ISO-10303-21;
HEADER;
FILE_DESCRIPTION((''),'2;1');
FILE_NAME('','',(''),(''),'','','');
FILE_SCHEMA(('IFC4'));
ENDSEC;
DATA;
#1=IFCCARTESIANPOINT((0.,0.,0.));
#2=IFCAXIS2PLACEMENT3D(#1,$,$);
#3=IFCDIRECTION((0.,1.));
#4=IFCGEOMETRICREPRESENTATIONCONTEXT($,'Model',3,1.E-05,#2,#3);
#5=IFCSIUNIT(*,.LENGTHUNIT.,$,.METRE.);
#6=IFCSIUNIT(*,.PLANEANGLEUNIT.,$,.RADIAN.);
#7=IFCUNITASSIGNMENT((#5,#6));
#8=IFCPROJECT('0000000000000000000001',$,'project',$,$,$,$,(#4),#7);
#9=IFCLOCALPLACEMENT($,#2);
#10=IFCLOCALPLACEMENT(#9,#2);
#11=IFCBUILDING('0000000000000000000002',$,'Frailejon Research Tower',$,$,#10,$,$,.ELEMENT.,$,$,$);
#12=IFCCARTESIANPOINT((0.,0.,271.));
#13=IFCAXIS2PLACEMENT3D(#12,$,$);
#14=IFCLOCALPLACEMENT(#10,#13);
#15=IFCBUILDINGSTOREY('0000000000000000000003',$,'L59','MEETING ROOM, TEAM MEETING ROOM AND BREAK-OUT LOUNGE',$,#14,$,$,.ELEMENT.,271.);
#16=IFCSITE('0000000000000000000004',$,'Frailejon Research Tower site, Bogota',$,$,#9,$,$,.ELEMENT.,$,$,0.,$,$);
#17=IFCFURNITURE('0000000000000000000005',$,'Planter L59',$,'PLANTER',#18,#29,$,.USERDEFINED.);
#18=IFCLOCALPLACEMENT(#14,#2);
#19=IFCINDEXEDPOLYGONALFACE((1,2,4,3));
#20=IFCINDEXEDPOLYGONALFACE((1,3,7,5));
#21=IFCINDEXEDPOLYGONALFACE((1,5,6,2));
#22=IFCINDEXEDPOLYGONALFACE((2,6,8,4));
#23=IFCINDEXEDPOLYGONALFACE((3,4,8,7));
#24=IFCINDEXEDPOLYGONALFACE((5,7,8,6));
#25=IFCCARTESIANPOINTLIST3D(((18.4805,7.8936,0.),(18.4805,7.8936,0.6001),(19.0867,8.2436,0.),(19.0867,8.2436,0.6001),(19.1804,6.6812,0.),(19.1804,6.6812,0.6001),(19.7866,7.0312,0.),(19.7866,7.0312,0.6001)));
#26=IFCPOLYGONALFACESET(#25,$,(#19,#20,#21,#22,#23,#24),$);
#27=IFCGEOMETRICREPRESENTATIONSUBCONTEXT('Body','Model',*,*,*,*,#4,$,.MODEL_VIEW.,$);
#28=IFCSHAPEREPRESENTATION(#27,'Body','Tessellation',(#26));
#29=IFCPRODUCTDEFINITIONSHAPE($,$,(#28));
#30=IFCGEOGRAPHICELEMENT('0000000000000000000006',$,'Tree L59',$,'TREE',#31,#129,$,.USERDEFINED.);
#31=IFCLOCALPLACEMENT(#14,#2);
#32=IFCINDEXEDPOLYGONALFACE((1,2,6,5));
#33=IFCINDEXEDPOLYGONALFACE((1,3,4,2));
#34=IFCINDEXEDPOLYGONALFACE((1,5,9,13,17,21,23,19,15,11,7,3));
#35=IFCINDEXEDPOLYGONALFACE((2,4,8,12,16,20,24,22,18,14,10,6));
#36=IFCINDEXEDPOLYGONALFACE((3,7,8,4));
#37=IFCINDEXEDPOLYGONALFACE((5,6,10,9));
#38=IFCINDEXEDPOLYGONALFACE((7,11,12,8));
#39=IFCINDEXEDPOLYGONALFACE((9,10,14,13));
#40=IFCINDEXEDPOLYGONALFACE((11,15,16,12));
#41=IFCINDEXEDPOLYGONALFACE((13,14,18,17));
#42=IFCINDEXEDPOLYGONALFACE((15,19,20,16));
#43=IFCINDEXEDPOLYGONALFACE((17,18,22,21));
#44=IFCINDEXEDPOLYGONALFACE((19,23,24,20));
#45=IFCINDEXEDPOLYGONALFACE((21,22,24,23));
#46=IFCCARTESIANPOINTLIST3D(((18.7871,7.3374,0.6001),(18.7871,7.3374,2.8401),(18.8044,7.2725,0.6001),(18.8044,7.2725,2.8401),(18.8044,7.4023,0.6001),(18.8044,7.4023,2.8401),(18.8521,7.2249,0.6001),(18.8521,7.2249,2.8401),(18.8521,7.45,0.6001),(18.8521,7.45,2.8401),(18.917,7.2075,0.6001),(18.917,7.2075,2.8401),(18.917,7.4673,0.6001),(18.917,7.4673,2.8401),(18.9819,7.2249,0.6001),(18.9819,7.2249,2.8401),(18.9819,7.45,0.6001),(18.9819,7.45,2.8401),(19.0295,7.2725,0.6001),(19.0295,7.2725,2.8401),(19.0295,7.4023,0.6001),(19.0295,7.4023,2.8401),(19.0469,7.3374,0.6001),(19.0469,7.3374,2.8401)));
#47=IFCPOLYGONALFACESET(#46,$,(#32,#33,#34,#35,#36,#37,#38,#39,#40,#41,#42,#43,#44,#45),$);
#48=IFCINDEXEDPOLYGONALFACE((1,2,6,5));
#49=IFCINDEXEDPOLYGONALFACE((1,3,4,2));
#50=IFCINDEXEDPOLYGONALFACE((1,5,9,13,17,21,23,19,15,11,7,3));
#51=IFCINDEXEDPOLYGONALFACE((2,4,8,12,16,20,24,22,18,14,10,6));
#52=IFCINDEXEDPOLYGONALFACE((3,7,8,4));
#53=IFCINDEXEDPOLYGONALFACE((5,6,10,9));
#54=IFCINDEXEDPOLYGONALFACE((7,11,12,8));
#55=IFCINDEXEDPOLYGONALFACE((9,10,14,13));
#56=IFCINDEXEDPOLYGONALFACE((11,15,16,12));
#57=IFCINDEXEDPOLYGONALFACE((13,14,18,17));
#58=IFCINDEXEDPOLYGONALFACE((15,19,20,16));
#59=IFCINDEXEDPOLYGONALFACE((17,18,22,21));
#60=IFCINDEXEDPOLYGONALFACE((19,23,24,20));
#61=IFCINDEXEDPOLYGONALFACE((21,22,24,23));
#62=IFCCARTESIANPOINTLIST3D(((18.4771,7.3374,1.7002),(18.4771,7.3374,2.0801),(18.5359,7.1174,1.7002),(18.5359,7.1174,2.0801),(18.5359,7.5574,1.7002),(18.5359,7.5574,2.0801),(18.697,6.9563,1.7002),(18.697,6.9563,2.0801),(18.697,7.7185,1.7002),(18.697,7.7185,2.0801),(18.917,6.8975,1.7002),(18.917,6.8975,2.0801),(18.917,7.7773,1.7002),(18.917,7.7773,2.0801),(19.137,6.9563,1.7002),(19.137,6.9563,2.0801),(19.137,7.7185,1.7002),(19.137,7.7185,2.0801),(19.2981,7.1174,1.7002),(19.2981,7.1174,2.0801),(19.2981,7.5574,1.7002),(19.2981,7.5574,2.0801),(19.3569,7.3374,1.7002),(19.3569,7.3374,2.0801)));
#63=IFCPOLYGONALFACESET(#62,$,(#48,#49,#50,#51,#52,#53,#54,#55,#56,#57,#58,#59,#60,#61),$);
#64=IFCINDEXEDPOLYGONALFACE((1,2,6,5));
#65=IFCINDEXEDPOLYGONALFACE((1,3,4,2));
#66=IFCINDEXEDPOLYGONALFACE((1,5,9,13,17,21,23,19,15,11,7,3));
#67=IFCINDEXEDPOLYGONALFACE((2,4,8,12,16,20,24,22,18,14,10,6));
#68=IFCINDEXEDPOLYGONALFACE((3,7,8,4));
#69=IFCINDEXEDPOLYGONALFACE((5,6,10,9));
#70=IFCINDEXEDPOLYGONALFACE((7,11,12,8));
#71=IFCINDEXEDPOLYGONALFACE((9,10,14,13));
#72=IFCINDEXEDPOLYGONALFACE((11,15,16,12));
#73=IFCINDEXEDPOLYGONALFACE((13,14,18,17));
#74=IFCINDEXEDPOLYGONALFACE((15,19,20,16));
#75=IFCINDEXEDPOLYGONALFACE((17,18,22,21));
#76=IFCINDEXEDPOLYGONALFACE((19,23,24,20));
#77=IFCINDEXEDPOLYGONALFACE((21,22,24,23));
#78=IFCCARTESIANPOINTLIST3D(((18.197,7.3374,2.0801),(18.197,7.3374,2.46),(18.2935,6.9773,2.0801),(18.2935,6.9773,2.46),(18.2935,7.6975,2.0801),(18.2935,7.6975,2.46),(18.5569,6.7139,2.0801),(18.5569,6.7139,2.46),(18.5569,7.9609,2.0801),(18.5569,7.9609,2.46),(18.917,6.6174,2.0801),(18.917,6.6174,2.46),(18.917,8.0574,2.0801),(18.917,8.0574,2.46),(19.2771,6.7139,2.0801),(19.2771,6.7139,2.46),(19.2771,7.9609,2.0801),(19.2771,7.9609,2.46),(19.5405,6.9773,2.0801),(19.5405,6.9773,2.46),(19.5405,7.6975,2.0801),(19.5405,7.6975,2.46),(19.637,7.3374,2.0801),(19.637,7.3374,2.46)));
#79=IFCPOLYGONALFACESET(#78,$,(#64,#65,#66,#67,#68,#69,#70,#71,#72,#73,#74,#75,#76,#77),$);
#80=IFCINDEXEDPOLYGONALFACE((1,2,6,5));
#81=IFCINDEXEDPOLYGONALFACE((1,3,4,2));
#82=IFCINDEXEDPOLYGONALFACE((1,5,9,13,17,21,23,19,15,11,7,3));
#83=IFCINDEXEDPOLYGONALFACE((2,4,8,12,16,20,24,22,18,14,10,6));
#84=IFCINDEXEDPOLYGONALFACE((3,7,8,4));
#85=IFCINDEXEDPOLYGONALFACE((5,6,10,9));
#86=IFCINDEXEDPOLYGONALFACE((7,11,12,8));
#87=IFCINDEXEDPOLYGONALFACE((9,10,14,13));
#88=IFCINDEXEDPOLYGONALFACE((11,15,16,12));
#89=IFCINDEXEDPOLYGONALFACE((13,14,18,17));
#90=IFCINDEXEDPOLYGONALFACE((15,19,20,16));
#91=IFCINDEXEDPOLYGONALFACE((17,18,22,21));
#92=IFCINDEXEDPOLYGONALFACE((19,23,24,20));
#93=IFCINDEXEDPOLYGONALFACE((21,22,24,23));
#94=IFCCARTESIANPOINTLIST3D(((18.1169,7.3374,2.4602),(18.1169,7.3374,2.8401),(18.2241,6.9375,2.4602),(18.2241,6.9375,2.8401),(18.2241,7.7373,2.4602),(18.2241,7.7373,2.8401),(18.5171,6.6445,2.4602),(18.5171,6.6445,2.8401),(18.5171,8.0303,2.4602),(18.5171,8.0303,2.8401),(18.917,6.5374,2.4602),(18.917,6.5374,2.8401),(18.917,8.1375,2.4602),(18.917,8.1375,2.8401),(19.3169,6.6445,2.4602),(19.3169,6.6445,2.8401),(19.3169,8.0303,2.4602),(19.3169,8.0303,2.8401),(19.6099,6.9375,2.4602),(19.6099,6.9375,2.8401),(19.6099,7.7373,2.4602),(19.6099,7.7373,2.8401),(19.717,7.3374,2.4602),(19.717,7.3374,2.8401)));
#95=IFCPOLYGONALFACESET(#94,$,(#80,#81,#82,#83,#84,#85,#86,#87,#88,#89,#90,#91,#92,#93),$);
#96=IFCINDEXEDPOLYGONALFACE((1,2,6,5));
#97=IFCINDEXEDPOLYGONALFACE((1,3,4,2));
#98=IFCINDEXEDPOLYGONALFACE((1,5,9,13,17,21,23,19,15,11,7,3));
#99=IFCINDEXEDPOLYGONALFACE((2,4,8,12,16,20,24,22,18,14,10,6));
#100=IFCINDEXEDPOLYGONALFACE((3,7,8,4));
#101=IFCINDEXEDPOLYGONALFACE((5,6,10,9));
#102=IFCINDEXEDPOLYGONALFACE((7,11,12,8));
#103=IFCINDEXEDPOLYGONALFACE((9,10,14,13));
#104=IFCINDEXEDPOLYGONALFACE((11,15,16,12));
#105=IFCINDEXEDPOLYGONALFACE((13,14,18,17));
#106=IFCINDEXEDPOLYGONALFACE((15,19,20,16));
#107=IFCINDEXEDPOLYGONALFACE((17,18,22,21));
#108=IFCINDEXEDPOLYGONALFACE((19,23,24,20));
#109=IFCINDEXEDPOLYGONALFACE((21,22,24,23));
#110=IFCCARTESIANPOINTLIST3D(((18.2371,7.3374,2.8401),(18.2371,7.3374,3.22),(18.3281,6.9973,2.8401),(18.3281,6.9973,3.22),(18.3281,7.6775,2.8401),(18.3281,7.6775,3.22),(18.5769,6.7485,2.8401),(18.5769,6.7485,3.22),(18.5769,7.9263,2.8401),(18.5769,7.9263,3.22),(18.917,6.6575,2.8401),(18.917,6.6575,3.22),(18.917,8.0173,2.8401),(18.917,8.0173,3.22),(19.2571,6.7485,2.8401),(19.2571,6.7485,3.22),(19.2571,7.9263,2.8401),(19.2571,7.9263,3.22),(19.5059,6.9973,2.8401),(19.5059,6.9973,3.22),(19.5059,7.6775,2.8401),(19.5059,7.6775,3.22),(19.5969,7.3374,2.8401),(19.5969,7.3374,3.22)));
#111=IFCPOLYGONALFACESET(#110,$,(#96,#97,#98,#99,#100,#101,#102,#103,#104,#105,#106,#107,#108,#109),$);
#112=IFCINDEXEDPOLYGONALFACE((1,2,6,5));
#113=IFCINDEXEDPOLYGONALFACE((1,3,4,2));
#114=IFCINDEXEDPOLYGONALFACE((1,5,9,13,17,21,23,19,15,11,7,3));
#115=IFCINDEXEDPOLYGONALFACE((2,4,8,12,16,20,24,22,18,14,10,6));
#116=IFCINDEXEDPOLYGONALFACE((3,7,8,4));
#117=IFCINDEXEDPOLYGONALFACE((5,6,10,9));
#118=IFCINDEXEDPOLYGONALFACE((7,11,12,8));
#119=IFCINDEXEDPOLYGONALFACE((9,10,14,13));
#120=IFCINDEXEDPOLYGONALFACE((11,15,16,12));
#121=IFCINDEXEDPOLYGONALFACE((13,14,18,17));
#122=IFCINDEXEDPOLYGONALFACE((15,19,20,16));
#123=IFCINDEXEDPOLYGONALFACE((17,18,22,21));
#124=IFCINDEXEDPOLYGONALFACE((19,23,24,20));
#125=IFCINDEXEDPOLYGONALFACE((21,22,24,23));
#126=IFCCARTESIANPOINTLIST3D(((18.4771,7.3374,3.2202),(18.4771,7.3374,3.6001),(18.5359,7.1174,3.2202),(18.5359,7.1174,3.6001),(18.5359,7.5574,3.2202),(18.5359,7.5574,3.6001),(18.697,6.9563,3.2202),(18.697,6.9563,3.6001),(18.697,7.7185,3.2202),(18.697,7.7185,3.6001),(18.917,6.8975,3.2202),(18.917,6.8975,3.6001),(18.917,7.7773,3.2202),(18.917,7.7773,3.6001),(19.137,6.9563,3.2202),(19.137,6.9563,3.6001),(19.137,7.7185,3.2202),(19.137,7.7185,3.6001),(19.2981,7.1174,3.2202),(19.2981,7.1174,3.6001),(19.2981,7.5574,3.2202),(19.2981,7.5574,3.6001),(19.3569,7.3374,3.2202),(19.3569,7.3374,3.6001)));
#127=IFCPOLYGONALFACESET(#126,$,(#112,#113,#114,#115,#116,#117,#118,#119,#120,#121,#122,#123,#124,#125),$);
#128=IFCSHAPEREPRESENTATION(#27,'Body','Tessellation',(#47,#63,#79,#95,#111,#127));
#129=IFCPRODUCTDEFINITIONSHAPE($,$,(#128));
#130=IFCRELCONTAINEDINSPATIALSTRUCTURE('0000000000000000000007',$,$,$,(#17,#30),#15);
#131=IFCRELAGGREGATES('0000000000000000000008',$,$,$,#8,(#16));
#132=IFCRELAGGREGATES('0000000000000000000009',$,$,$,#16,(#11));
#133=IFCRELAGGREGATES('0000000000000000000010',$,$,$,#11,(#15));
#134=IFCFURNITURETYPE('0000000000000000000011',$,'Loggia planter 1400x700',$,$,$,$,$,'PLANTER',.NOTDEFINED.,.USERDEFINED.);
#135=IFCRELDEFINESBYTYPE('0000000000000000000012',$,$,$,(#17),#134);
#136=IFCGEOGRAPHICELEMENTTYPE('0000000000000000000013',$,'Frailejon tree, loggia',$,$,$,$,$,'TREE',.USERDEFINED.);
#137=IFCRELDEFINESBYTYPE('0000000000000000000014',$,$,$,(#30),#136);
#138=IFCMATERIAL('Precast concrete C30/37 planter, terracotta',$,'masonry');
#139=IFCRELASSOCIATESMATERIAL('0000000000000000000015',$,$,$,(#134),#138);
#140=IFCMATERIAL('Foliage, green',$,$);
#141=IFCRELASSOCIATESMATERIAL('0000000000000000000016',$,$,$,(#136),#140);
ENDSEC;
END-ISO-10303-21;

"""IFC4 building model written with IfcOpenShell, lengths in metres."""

from ifc_helpers import new_model, si_unit, direction, frame, origin, origin_2d, place, context, subcontext, project, spatial, polyline, rectangle, outline, extrude, material, type_object, element, save


model = new_model("IFC4")

# Units and contexts
model_context = context("Model", 3, precision=1e-05, world=origin(), true_north=direction((0.0, 1.0)))
body_context = subcontext(model_context, "Body", "Model", "MODEL_VIEW")
ifc_project = project(units=[si_unit("LENGTHUNIT", "METRE"), si_unit("PLANEANGLEUNIT", "RADIAN")], contexts=[model_context])

# Site, building, storey
site_placement = place(None, origin())
site = spatial("IfcSite", under=ifc_project, at=site_placement, Name="Frailejon Research Tower site, Bogota", CompositionType="ELEMENT", RefElevation=0.0)
building_placement = place(site_placement, origin())
building = spatial("IfcBuilding", under=site, at=building_placement, Name="Frailejon Research Tower", CompositionType="ELEMENT")
storey_placement = place(building_placement, frame((0.0, 0.0, 271.0)))
storey = spatial("IfcBuildingStorey", under=building, at=storey_placement, Name="L59", Description="MEETING ROOM, TEAM MEETING ROOM AND BREAK-OUT LOUNGE", CompositionType="ELEMENT", Elevation=271.0)

# Furniture
ifc_material_1 = material(Name="Precast concrete C30/37 planter, terracotta", Category="masonry")
furniture_type = type_object("IfcFurnitureType", Name="Loggia planter 1400x700", ElementType="PLANTER", AssemblyPlace="NOTDEFINED", PredefinedType="USERDEFINED", material=ifc_material_1)
furniture_placement = place(storey_placement, frame((19.1335, 7.4624, 0.0), z_axis=(0.0, 0.0, 1.0), x_axis=(-0.5, 0.866025, 0.0)))
element("IfcFurniture", 1, at=furniture_placement, inside=storey, type_object=furniture_type, Name="Planter L59", ObjectType="PLANTER", PredefinedType="USERDEFINED", context=body_context, shape_type="SweptSolid", body=[
    extrude(rectangle(XDim=1.3999, YDim=0.7, at=origin_2d()), origin(), (0.0, 0.0, 1.0), 0.6001),
])

# Geographic element
ifc_material_2 = material(Name="Foliage, green")
geographic_element_type = type_object("IfcGeographicElementType", Name="Frailejon tree, loggia", ElementType="TREE", PredefinedType="USERDEFINED", material=ifc_material_2)
geographic_element_placement = place(storey_placement, frame((18.917, 7.3374, 0.6001)))
element("IfcGeographicElement", 2, at=geographic_element_placement, inside=storey, type_object=geographic_element_type, Name="Tree L59", ObjectType="TREE", PredefinedType="USERDEFINED", context=body_context, shape_type="SweptSolid", body=[
    extrude(outline(polyline([(0.1299, 0.0), (0.1125, 0.0649), (0.0649, 0.1125), (0.0, 0.1299), (-0.0649, 0.1125), (-0.1125, 0.0649), (-0.1299, 0.0), (-0.1125, -0.0649), (-0.0649, -0.1125), (0.0, -0.1299), (0.0649, -0.1125), (0.1125, -0.0649), (0.1299, 0.0)])), origin(), (0.0, 0.0, 1.0), 2.24),
    extrude(outline(polyline([(0.4399, 0.0), (0.3811, 0.22), (0.22, 0.3811), (0.0, 0.4399), (-0.22, 0.3811), (-0.3811, 0.22), (-0.4399, 0.0), (-0.3811, -0.22), (-0.22, -0.3811), (0.0, -0.4399), (0.22, -0.3811), (0.3811, -0.22), (0.4399, 0.0)])), frame((0.0, 0.0, 1.1001)), (0.0, 0.0, 1.0), 0.3799),
    extrude(outline(polyline([(0.72, 0.0), (0.6235, 0.3601), (0.3601, 0.6235), (0.0, 0.72), (-0.3601, 0.6235), (-0.6235, 0.3601), (-0.72, 0.0), (-0.6235, -0.3601), (-0.3601, -0.6235), (0.0, -0.72), (0.3601, -0.6235), (0.6235, -0.3601), (0.72, 0.0)])), frame((0.0, 0.0, 1.48)), (0.0, 0.0, 1.0), 0.3799),
    extrude(outline(polyline([(0.8, 0.0), (0.6929, 0.3999), (0.3999, 0.6929), (0.0, 0.8), (-0.3999, 0.6929), (-0.6929, 0.3999), (-0.8, 0.0), (-0.6929, -0.3999), (-0.3999, -0.6929), (0.0, -0.8), (0.3999, -0.6929), (0.6929, -0.3999), (0.8, 0.0)])), frame((0.0, 0.0, 1.8601)), (0.0, 0.0, 1.0), 0.3799),
    extrude(outline(polyline([(0.6799, 0.0), (0.5889, 0.3401), (0.3401, 0.5889), (0.0, 0.6799), (-0.3401, 0.5889), (-0.5889, 0.3401), (-0.6799, 0.0), (-0.5889, -0.3401), (-0.3401, -0.5889), (0.0, -0.6799), (0.3401, -0.5889), (0.5889, -0.3401), (0.6799, 0.0)])), frame((0.0, 0.0, 2.24)), (0.0, 0.0, 1.0), 0.3799),
    extrude(outline(polyline([(0.4399, 0.0), (0.3811, 0.22), (0.22, 0.3811), (0.0, 0.4399), (-0.22, 0.3811), (-0.3811, 0.22), (-0.4399, 0.0), (-0.3811, -0.22), (-0.22, -0.3811), (0.0, -0.4399), (0.22, -0.3811), (0.3811, -0.22), (0.4399, 0.0)])), frame((0.0, 0.0, 2.6201)), (0.0, 0.0, 1.0), 0.3799),
])

save(model, "model.ifc")
